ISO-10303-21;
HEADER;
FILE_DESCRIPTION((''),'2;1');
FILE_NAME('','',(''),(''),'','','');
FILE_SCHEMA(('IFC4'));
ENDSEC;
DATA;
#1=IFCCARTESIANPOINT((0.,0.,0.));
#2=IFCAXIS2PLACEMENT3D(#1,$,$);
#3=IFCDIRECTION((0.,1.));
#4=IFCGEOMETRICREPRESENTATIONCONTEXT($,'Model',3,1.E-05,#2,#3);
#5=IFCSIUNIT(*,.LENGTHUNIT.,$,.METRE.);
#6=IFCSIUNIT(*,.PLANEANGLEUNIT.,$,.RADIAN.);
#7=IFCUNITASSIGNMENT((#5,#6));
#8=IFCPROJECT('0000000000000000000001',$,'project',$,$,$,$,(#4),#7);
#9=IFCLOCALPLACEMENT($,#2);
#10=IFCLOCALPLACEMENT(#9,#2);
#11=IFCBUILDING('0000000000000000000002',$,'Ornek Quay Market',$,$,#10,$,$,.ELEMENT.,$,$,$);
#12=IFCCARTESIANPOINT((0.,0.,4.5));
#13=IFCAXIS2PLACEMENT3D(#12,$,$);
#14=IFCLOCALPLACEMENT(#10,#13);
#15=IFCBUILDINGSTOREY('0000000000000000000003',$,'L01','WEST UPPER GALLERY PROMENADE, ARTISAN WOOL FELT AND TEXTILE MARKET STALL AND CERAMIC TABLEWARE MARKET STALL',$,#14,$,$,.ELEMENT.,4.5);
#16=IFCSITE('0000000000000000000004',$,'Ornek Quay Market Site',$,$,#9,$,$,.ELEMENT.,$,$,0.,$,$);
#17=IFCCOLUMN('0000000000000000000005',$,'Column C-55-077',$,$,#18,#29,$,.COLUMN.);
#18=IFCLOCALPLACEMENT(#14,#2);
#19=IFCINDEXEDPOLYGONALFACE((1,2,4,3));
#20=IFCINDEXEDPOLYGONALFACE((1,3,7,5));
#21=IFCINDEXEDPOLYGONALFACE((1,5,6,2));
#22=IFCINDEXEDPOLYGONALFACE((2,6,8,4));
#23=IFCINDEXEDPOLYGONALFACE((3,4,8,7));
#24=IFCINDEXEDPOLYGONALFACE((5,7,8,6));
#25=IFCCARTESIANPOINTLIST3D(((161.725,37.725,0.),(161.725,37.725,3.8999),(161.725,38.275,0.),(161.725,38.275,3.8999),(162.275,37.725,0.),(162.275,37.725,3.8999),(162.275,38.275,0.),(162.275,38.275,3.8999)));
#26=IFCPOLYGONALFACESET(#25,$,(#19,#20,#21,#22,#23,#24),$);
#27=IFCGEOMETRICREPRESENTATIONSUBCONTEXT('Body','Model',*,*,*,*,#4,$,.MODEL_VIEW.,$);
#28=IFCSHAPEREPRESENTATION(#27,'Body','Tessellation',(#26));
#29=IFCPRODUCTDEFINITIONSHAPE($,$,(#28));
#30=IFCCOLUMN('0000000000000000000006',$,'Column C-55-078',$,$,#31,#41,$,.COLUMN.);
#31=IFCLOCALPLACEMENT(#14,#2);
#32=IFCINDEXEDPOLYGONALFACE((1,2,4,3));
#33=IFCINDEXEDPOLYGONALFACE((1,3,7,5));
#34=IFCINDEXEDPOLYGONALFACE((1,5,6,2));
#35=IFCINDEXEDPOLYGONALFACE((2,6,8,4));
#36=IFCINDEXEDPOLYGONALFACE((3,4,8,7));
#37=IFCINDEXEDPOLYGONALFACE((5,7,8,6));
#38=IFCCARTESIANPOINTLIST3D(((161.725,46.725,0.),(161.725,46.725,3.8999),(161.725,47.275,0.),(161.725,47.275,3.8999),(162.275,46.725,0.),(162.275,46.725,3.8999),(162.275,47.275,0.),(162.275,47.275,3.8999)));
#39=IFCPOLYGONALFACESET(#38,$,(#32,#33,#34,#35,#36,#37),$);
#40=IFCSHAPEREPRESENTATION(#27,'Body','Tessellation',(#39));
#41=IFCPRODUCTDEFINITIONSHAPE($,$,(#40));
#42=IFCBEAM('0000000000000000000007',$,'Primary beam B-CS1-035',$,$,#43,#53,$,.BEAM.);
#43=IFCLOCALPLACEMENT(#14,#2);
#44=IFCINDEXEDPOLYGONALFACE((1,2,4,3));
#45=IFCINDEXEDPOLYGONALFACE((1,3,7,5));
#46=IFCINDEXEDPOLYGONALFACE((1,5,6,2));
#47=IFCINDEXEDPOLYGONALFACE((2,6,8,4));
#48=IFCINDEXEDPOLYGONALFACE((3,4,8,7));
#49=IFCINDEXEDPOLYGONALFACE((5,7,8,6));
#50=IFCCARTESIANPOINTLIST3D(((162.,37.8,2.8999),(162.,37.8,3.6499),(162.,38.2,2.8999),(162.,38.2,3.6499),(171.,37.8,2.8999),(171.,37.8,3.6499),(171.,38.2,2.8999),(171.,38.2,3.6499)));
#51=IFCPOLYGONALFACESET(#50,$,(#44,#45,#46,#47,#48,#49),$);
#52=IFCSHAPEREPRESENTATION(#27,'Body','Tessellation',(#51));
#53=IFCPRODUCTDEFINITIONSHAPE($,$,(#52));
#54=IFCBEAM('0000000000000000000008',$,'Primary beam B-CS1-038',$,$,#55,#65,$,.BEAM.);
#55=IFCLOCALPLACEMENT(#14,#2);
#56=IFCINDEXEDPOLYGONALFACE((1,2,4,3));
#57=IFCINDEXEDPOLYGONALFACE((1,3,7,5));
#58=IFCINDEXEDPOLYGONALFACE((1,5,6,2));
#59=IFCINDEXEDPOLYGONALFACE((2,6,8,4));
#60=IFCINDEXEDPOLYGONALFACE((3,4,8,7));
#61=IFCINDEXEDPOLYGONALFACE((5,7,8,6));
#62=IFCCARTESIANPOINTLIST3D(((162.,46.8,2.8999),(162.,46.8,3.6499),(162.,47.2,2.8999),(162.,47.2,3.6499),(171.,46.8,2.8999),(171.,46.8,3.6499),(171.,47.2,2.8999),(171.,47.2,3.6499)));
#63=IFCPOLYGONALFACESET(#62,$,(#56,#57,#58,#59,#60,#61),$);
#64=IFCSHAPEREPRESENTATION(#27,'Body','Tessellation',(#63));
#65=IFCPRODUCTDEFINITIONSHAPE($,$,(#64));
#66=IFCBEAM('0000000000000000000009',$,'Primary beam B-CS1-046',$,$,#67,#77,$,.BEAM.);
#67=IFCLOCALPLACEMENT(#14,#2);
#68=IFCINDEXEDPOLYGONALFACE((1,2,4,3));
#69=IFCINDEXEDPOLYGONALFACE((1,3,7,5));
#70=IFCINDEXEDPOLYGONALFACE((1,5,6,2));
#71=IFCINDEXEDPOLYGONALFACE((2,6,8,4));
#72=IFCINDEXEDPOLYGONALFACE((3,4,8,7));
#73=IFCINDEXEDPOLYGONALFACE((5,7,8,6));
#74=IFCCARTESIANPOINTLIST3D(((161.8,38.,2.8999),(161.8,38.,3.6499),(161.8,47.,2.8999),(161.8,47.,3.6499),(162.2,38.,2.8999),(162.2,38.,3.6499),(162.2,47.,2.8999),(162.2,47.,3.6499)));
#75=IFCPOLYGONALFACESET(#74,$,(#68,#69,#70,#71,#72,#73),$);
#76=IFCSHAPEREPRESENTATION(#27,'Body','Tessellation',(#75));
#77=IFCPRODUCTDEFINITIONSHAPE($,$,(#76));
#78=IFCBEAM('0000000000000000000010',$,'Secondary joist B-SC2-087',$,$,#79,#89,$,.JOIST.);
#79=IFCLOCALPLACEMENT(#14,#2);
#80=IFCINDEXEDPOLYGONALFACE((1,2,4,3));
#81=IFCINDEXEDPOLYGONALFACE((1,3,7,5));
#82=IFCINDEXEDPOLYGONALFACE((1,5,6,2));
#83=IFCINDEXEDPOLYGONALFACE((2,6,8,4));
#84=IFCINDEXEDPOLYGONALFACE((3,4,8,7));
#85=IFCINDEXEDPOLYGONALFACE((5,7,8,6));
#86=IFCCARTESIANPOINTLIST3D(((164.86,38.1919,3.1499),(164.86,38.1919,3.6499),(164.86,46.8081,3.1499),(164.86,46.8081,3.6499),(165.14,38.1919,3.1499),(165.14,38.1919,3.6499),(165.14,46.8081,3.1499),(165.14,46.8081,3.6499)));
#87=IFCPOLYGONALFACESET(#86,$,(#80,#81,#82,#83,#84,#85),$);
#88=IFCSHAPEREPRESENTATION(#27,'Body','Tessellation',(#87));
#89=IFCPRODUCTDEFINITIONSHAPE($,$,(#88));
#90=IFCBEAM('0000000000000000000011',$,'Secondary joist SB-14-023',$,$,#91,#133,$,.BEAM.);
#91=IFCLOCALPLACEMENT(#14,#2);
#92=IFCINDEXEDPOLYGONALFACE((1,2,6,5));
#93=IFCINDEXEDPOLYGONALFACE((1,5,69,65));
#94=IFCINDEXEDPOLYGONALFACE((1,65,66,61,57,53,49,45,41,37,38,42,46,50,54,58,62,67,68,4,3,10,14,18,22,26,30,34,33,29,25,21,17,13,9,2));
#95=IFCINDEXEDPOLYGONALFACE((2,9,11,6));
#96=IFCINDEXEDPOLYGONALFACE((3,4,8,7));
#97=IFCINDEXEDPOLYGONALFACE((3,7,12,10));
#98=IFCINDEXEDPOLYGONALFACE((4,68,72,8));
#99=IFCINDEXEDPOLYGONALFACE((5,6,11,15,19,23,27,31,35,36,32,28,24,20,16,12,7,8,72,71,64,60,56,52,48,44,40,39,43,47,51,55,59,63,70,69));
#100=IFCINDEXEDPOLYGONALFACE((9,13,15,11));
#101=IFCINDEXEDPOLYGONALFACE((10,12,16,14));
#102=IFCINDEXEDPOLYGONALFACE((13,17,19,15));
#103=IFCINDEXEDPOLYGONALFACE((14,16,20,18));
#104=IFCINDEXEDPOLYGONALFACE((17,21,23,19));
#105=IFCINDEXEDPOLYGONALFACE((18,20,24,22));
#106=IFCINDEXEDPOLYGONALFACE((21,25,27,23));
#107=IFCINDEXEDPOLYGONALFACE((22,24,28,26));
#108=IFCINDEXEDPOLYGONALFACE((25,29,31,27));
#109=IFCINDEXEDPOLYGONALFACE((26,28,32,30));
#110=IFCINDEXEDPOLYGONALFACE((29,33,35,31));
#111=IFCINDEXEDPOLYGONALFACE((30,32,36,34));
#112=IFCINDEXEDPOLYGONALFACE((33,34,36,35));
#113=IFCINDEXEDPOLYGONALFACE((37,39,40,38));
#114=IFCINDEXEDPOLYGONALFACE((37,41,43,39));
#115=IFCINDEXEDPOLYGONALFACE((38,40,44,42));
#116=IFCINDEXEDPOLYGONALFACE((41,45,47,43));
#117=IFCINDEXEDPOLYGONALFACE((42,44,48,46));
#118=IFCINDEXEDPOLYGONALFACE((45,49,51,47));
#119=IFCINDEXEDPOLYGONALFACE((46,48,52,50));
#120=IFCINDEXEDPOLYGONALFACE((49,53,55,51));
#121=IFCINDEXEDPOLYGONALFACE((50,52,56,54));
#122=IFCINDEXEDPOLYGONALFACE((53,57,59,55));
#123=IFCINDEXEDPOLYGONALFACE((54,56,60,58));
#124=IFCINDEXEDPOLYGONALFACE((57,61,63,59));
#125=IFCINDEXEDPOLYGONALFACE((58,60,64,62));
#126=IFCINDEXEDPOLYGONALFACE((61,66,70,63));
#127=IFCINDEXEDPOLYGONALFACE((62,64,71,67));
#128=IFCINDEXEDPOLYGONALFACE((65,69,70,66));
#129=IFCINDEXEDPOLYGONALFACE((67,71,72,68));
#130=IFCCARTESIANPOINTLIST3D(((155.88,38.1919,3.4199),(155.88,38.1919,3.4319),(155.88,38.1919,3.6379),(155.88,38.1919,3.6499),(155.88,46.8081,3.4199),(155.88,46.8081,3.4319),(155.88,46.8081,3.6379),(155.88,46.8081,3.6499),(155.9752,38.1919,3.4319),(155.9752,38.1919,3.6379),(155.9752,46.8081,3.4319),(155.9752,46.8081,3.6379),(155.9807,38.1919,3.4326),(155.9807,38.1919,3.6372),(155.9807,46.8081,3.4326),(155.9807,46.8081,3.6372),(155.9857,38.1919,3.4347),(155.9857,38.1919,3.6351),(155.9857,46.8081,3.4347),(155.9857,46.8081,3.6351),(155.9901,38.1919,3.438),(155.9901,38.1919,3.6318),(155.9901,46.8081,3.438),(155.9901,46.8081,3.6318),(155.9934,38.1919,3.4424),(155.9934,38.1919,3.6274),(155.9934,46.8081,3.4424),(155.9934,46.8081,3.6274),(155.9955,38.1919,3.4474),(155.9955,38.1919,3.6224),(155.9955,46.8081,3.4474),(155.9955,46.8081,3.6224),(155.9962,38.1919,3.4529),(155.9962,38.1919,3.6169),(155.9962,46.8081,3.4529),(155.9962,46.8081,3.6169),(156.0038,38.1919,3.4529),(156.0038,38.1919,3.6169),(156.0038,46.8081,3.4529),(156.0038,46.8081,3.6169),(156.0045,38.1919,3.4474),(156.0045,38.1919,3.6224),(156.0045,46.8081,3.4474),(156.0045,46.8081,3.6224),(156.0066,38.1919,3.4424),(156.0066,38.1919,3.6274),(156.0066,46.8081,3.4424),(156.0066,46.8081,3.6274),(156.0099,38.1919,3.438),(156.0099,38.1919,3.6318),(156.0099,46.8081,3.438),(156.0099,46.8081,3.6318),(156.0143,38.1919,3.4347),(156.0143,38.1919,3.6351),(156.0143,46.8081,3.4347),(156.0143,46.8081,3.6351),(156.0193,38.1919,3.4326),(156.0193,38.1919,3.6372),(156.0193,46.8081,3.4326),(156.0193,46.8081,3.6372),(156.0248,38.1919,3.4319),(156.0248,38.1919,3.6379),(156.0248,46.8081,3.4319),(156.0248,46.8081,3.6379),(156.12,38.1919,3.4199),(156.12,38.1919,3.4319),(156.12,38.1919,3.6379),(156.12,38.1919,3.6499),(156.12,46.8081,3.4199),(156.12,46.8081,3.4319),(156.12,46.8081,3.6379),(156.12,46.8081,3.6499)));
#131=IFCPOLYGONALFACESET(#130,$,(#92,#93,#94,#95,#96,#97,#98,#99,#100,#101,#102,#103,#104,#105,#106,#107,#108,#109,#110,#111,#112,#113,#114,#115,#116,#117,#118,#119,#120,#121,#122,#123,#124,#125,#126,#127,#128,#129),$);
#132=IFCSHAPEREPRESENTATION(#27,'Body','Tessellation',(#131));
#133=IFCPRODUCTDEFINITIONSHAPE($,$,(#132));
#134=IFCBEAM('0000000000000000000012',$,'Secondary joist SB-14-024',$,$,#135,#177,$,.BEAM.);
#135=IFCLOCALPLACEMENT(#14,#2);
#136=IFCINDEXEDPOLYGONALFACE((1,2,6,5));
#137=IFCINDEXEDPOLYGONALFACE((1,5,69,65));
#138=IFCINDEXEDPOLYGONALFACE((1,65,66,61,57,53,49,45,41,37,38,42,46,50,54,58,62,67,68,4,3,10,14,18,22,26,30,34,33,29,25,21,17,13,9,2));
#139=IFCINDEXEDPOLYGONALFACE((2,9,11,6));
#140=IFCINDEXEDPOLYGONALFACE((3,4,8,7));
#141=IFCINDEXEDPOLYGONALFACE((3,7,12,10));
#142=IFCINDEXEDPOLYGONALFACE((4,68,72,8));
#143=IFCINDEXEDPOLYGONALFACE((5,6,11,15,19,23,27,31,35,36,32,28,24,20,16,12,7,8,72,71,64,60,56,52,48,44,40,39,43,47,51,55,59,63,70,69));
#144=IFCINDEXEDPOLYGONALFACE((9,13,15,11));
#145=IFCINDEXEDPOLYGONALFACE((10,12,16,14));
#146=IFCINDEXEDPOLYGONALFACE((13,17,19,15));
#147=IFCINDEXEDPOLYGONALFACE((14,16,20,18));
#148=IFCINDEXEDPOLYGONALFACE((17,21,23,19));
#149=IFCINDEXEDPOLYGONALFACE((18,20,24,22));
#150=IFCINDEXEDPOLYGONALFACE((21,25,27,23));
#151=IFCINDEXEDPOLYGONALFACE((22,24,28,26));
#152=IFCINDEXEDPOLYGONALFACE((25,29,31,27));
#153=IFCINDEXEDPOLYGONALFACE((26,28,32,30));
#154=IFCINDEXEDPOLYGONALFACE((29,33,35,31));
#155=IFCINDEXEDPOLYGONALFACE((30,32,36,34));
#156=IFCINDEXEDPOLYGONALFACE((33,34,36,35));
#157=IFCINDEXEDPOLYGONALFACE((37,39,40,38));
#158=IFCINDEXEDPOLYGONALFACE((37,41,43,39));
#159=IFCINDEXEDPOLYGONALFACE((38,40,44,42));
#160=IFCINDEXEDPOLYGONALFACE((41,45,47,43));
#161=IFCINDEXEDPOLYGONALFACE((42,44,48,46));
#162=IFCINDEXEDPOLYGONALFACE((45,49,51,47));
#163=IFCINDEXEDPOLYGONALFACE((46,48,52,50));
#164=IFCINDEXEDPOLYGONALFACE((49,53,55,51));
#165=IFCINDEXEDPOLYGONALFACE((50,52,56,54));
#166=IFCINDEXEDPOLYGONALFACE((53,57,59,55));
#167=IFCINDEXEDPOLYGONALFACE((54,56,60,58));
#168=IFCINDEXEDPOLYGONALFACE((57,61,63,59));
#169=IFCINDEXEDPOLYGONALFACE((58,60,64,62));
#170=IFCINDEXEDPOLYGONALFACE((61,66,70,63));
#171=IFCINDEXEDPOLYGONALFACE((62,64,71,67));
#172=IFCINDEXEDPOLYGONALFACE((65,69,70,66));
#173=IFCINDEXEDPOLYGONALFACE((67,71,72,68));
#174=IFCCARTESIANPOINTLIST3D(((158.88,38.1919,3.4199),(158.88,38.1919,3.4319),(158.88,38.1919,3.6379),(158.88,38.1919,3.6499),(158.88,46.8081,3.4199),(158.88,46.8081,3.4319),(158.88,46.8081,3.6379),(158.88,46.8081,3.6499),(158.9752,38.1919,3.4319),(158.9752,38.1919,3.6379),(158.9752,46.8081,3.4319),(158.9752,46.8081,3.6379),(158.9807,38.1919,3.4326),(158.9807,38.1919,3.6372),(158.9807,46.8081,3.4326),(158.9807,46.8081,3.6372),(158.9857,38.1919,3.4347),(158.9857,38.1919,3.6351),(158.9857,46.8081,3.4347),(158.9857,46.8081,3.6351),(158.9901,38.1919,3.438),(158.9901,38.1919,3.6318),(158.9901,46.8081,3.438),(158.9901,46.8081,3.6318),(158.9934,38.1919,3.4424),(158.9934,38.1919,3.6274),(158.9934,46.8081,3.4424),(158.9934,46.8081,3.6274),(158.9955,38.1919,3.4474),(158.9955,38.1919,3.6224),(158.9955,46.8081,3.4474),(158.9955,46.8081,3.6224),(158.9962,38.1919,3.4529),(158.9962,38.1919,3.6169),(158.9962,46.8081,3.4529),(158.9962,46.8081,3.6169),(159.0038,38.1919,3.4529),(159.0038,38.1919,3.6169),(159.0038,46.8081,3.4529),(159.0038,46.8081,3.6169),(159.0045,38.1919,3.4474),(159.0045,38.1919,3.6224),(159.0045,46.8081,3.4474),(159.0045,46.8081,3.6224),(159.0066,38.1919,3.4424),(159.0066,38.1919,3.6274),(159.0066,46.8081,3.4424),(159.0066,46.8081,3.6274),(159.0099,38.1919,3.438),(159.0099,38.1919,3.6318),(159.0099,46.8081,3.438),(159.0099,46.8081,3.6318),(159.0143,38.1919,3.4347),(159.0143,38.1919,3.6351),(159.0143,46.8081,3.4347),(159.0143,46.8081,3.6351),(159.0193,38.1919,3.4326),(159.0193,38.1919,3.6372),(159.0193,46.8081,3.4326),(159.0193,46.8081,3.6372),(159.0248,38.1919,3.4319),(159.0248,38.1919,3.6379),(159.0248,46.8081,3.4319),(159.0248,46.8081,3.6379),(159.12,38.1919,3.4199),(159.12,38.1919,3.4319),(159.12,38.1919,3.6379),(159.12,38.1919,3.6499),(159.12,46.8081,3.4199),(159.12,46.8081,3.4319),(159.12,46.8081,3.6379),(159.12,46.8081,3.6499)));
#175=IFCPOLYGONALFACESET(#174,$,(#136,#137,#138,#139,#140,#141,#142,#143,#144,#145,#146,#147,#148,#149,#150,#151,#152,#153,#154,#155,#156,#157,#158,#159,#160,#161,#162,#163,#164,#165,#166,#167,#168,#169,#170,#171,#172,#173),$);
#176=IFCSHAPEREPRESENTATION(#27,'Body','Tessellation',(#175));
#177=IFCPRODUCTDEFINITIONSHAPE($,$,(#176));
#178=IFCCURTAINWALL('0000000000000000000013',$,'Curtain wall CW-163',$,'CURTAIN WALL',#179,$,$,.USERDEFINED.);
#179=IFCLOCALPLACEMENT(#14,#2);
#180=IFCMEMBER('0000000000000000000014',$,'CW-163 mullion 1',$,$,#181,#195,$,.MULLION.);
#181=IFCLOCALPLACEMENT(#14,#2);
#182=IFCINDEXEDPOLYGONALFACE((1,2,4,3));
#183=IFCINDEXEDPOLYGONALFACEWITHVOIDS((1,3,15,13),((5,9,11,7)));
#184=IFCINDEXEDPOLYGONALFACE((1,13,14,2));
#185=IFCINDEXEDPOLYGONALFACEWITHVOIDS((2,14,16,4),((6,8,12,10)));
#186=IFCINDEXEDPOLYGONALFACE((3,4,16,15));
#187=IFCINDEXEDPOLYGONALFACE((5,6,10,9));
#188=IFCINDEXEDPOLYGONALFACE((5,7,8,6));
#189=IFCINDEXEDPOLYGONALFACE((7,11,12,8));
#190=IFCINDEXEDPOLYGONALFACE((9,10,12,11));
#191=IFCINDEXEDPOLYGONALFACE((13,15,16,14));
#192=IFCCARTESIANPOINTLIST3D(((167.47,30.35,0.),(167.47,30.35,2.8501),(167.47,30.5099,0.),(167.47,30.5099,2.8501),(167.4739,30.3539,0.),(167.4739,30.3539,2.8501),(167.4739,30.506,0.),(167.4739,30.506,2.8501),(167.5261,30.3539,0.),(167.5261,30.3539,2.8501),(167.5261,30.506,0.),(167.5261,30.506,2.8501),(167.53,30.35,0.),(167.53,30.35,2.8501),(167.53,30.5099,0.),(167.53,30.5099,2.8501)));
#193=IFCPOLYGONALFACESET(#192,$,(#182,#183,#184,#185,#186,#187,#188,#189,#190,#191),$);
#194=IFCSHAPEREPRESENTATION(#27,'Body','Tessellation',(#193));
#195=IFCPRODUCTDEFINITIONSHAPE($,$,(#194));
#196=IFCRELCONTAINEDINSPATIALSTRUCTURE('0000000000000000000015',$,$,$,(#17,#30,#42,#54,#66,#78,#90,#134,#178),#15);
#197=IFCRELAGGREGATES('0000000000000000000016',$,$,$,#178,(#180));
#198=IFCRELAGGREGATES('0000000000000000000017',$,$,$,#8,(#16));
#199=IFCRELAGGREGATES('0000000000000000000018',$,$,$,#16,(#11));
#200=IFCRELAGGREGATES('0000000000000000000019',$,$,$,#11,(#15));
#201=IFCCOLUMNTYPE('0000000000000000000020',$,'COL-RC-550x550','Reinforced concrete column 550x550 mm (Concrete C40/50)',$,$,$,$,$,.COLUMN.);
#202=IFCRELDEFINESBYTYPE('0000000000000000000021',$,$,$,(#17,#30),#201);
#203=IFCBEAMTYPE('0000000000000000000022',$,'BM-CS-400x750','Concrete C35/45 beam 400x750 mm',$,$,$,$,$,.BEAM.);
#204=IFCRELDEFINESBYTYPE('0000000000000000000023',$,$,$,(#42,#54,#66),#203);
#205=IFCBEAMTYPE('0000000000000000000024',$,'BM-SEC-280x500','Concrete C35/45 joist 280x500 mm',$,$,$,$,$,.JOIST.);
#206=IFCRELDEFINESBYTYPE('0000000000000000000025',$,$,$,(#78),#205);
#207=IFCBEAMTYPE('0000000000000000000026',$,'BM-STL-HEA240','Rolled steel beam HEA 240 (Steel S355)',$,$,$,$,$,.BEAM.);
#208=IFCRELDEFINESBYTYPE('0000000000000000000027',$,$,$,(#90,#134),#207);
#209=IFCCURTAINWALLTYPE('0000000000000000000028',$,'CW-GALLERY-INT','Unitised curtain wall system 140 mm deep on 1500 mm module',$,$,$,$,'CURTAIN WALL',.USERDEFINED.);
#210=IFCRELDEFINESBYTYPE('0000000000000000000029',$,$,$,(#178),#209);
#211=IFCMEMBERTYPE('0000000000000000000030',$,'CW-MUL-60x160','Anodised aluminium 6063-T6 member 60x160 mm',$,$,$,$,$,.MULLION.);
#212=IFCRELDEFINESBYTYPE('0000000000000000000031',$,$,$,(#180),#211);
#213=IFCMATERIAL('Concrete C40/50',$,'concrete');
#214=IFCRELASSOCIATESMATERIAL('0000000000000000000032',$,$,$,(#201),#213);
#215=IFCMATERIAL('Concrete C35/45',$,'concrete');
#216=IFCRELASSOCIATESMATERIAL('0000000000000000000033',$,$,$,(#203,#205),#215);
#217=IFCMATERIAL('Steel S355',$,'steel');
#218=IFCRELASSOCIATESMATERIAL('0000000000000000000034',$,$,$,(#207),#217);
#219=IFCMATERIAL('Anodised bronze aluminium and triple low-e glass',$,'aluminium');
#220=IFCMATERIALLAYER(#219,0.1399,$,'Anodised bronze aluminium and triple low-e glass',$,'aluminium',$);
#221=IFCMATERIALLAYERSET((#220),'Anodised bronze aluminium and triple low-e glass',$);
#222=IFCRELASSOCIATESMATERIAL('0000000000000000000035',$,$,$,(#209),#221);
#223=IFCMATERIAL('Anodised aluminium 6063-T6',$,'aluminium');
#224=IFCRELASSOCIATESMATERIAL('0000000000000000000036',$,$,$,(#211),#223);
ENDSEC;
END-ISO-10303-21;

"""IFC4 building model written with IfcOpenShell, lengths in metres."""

from ifc_helpers import new_model, si_unit, direction, frame, origin, origin_2d, place, context, subcontext, project, spatial, rectangle, hollow_rectangle, i_section, extrude, material, layer, layer_set, material_profile, profile_set, type_object, element, aggregate, save


model = new_model("IFC4")

# Units and contexts
model_context = context("Model", 3, precision=1e-05, world=origin(), true_north=direction((0.0, 1.0)))
body_context = subcontext(model_context, "Body", "Model", "MODEL_VIEW")
ifc_project = project(units=[si_unit("LENGTHUNIT", "METRE"), si_unit("PLANEANGLEUNIT", "RADIAN")], contexts=[model_context])

# Site, building, storey
site_placement = place(None, origin())
site = spatial("IfcSite", under=ifc_project, at=site_placement, Name="Ornek Quay Market Site", CompositionType="ELEMENT", RefElevation=0.0)
building_placement = place(site_placement, origin())
building = spatial("IfcBuilding", under=site, at=building_placement, Name="Ornek Quay Market", CompositionType="ELEMENT")
storey_placement = place(building_placement, frame((0.0, 0.0, 4.5)))
storey = spatial("IfcBuildingStorey", under=building, at=storey_placement, Name="L01", Description="WEST UPPER GALLERY PROMENADE, ARTISAN WOOL FELT AND TEXTILE MARKET STALL AND CERAMIC TABLEWARE MARKET STALL", CompositionType="ELEMENT", Elevation=4.5)

# Columns
ifc_material_1 = material(Name="Concrete C40/50", Category="concrete")
ifc_material_profile_1 = material_profile(ifc_material_1, rectangle(XDim=0.55, YDim=0.55, at=origin_2d()), Name="RC 550x550", Category="concrete")
ifc_profile_set_1 = profile_set([ifc_material_profile_1], Name="Concrete C40/50")
column_type = type_object("IfcColumnType", Name="COL-RC-550x550", Description="Reinforced concrete column 550x550 mm (Concrete C40/50)", PredefinedType="COLUMN", material=ifc_profile_set_1)
for number, where, z_axis, x_axis, name in (
    (1, (162.0, 38.0, 0.0), (0.0, 0.0, 1.0), (1.0, 0.0, 0.0), "Column C-55-077"),
    (2, (162.0, 47.0, 0.0), (0.0, 0.0, 1.0), (1.0, 0.0, 0.0), "Column C-55-078"),
):
    element("IfcColumn", number, at=place(storey_placement, frame(where, z_axis=z_axis, x_axis=x_axis)), inside=storey, type_object=column_type, Name=name, PredefinedType="COLUMN", context=body_context, shape_type="SweptSolid", body=[
        extrude(rectangle(XDim=0.55, YDim=0.55, at=origin_2d()), origin(), (0.0, 0.0, 1.0), 3.8999),
    ])

# Beams
ifc_material_2 = material(Name="Concrete C35/45", Category="concrete")
ifc_material_profile_2 = material_profile(ifc_material_2, rectangle(XDim=0.3999, YDim=0.75, at=origin_2d()), Name="RC 400x750", Category="concrete")
ifc_profile_set_2 = profile_set([ifc_material_profile_2], Name="Concrete C35/45")
beam_type_1 = type_object("IfcBeamType", Name="BM-CS-400x750", Description="Concrete C35/45 beam 400x750 mm", PredefinedType="BEAM", material=ifc_profile_set_2)
for number, where, z_axis, x_axis, name in (
    (3, (162.0, 38.0, 3.2749), (1.0, 0.0, 0.0), (0.0, 1.0, 0.0), "Primary beam B-CS1-035"),
    (4, (162.0, 47.0, 3.2749), (1.0, 0.0, 0.0), (0.0, 1.0, 0.0), "Primary beam B-CS1-038"),
    (5, (162.0, 38.0, 3.2749), (0.0, 1.0, 0.0), (-1.0, 0.0, 0.0), "Primary beam B-CS1-046"),
):
    element("IfcBeam", number, at=place(storey_placement, frame(where, z_axis=z_axis, x_axis=x_axis)), inside=storey, type_object=beam_type_1, Name=name, PredefinedType="BEAM", context=body_context, shape_type="SweptSolid", body=[
        extrude(rectangle(XDim=0.3999, YDim=0.75, at=origin_2d()), origin(), (0.0, 0.0, 1.0), 9.0),
    ])
ifc_material_profile_3 = material_profile(ifc_material_2, rectangle(XDim=0.28, YDim=0.5, at=origin_2d()), Name="RC 280x500", Category="concrete")
ifc_profile_set_3 = profile_set([ifc_material_profile_3], Name="Concrete C35/45")
beam_type_2 = type_object("IfcBeamType", Name="BM-SEC-280x500", Description="Concrete C35/45 joist 280x500 mm", PredefinedType="JOIST", material=ifc_profile_set_3)
beam_placement = place(storey_placement, frame((165.0, 38.1919, 3.3999), z_axis=(0.0, 1.0, 0.0), x_axis=(-1.0, 0.0, 0.0)))
element("IfcBeam", 6, at=beam_placement, inside=storey, type_object=beam_type_2, Name="Secondary joist B-SC2-087", PredefinedType="JOIST", context=body_context, shape_type="SweptSolid", body=[
    extrude(rectangle(XDim=0.28, YDim=0.5, at=origin_2d()), origin(), (0.0, 0.0, 1.0), 8.6162),
])
ifc_material_3 = material(Name="Steel S355", Category="steel")
ifc_material_profile_4 = material_profile(ifc_material_3, i_section(OverallWidth=0.24, OverallDepth=0.23, WebThickness=0.0076, FlangeThickness=0.012, FilletRadius=0.021, at=origin_2d()), Name="HEA 240", Category="steel")
ifc_profile_set_4 = profile_set([ifc_material_profile_4], Name="Steel S355")
beam_type_3 = type_object("IfcBeamType", Name="BM-STL-HEA240", Description="Rolled steel beam HEA 240 (Steel S355)", PredefinedType="BEAM", material=ifc_profile_set_4)
for number, where, z_axis, x_axis, name in (
    (7, (156.0, 38.1919, 3.5349), (0.0, 1.0, 0.0), (-1.0, 0.0, 0.0), "Secondary joist SB-14-023"),
    (8, (159.0, 38.1919, 3.5349), (0.0, 1.0, 0.0), (-1.0, 0.0, 0.0), "Secondary joist SB-14-024"),
):
    element("IfcBeam", number, at=place(storey_placement, frame(where, z_axis=z_axis, x_axis=x_axis)), inside=storey, type_object=beam_type_3, Name=name, PredefinedType="BEAM", context=body_context, shape_type="SweptSolid", body=[
        extrude(i_section(OverallWidth=0.24, OverallDepth=0.23, WebThickness=0.0076, FlangeThickness=0.012, FilletRadius=0.021, at=origin_2d()), origin(), (0.0, 0.0, 1.0), 8.6162),
    ])

# Curtain wall, member
ifc_material_4 = material(Name="Anodised bronze aluminium and triple low-e glass", Category="aluminium")
ifc_layer_1 = layer(ifc_material_4, 0.1399, Name="Anodised bronze aluminium and triple low-e glass", Category="aluminium")
ifc_layer_set_1 = layer_set([ifc_layer_1], Name="Anodised bronze aluminium and triple low-e glass")
curtain_wall_type = type_object("IfcCurtainWallType", Name="CW-GALLERY-INT", Description="Unitised curtain wall system 140 mm deep on 1500 mm module", ElementType="CURTAIN WALL", PredefinedType="USERDEFINED", material=ifc_layer_set_1)
curtain_wall_placement = place(storey_placement, origin())
curtain_wall = element("IfcCurtainWall", 9, at=curtain_wall_placement, inside=storey, type_object=curtain_wall_type, Name="Curtain wall CW-163", ObjectType="CURTAIN WALL", PredefinedType="USERDEFINED")
ifc_material_5 = material(Name="Anodised aluminium 6063-T6", Category="aluminium")
ifc_material_profile_5 = material_profile(ifc_material_5, hollow_rectangle(XDim=0.0601, YDim=0.1599, WallThickness=0.0039, at=origin_2d()), Name="CW-MUL-60x160", Category="aluminium")
ifc_profile_set_5 = profile_set([ifc_material_profile_5], Name="Anodised aluminium 6063-T6")
member_type = type_object("IfcMemberType", Name="CW-MUL-60x160", Description="Anodised aluminium 6063-T6 member 60x160 mm", PredefinedType="MULLION", material=ifc_profile_set_5)
member_placement = place(storey_placement, frame((167.5, 30.4299, 0.0), z_axis=(0.0, 0.0, 1.0), x_axis=(-1.0, 0.0, 0.0)))
member = element("IfcMember", 10, at=member_placement, type_object=member_type, Name="CW-163 mullion 1", PredefinedType="MULLION", context=body_context, shape_type="SweptSolid", body=[
    extrude(hollow_rectangle(XDim=0.0601, YDim=0.1599, WallThickness=0.0039, at=origin_2d()), origin(), (0.0, 0.0, 1.0), 2.8501),
])
aggregate(curtain_wall, [member])

save(model, "model.ifc")
